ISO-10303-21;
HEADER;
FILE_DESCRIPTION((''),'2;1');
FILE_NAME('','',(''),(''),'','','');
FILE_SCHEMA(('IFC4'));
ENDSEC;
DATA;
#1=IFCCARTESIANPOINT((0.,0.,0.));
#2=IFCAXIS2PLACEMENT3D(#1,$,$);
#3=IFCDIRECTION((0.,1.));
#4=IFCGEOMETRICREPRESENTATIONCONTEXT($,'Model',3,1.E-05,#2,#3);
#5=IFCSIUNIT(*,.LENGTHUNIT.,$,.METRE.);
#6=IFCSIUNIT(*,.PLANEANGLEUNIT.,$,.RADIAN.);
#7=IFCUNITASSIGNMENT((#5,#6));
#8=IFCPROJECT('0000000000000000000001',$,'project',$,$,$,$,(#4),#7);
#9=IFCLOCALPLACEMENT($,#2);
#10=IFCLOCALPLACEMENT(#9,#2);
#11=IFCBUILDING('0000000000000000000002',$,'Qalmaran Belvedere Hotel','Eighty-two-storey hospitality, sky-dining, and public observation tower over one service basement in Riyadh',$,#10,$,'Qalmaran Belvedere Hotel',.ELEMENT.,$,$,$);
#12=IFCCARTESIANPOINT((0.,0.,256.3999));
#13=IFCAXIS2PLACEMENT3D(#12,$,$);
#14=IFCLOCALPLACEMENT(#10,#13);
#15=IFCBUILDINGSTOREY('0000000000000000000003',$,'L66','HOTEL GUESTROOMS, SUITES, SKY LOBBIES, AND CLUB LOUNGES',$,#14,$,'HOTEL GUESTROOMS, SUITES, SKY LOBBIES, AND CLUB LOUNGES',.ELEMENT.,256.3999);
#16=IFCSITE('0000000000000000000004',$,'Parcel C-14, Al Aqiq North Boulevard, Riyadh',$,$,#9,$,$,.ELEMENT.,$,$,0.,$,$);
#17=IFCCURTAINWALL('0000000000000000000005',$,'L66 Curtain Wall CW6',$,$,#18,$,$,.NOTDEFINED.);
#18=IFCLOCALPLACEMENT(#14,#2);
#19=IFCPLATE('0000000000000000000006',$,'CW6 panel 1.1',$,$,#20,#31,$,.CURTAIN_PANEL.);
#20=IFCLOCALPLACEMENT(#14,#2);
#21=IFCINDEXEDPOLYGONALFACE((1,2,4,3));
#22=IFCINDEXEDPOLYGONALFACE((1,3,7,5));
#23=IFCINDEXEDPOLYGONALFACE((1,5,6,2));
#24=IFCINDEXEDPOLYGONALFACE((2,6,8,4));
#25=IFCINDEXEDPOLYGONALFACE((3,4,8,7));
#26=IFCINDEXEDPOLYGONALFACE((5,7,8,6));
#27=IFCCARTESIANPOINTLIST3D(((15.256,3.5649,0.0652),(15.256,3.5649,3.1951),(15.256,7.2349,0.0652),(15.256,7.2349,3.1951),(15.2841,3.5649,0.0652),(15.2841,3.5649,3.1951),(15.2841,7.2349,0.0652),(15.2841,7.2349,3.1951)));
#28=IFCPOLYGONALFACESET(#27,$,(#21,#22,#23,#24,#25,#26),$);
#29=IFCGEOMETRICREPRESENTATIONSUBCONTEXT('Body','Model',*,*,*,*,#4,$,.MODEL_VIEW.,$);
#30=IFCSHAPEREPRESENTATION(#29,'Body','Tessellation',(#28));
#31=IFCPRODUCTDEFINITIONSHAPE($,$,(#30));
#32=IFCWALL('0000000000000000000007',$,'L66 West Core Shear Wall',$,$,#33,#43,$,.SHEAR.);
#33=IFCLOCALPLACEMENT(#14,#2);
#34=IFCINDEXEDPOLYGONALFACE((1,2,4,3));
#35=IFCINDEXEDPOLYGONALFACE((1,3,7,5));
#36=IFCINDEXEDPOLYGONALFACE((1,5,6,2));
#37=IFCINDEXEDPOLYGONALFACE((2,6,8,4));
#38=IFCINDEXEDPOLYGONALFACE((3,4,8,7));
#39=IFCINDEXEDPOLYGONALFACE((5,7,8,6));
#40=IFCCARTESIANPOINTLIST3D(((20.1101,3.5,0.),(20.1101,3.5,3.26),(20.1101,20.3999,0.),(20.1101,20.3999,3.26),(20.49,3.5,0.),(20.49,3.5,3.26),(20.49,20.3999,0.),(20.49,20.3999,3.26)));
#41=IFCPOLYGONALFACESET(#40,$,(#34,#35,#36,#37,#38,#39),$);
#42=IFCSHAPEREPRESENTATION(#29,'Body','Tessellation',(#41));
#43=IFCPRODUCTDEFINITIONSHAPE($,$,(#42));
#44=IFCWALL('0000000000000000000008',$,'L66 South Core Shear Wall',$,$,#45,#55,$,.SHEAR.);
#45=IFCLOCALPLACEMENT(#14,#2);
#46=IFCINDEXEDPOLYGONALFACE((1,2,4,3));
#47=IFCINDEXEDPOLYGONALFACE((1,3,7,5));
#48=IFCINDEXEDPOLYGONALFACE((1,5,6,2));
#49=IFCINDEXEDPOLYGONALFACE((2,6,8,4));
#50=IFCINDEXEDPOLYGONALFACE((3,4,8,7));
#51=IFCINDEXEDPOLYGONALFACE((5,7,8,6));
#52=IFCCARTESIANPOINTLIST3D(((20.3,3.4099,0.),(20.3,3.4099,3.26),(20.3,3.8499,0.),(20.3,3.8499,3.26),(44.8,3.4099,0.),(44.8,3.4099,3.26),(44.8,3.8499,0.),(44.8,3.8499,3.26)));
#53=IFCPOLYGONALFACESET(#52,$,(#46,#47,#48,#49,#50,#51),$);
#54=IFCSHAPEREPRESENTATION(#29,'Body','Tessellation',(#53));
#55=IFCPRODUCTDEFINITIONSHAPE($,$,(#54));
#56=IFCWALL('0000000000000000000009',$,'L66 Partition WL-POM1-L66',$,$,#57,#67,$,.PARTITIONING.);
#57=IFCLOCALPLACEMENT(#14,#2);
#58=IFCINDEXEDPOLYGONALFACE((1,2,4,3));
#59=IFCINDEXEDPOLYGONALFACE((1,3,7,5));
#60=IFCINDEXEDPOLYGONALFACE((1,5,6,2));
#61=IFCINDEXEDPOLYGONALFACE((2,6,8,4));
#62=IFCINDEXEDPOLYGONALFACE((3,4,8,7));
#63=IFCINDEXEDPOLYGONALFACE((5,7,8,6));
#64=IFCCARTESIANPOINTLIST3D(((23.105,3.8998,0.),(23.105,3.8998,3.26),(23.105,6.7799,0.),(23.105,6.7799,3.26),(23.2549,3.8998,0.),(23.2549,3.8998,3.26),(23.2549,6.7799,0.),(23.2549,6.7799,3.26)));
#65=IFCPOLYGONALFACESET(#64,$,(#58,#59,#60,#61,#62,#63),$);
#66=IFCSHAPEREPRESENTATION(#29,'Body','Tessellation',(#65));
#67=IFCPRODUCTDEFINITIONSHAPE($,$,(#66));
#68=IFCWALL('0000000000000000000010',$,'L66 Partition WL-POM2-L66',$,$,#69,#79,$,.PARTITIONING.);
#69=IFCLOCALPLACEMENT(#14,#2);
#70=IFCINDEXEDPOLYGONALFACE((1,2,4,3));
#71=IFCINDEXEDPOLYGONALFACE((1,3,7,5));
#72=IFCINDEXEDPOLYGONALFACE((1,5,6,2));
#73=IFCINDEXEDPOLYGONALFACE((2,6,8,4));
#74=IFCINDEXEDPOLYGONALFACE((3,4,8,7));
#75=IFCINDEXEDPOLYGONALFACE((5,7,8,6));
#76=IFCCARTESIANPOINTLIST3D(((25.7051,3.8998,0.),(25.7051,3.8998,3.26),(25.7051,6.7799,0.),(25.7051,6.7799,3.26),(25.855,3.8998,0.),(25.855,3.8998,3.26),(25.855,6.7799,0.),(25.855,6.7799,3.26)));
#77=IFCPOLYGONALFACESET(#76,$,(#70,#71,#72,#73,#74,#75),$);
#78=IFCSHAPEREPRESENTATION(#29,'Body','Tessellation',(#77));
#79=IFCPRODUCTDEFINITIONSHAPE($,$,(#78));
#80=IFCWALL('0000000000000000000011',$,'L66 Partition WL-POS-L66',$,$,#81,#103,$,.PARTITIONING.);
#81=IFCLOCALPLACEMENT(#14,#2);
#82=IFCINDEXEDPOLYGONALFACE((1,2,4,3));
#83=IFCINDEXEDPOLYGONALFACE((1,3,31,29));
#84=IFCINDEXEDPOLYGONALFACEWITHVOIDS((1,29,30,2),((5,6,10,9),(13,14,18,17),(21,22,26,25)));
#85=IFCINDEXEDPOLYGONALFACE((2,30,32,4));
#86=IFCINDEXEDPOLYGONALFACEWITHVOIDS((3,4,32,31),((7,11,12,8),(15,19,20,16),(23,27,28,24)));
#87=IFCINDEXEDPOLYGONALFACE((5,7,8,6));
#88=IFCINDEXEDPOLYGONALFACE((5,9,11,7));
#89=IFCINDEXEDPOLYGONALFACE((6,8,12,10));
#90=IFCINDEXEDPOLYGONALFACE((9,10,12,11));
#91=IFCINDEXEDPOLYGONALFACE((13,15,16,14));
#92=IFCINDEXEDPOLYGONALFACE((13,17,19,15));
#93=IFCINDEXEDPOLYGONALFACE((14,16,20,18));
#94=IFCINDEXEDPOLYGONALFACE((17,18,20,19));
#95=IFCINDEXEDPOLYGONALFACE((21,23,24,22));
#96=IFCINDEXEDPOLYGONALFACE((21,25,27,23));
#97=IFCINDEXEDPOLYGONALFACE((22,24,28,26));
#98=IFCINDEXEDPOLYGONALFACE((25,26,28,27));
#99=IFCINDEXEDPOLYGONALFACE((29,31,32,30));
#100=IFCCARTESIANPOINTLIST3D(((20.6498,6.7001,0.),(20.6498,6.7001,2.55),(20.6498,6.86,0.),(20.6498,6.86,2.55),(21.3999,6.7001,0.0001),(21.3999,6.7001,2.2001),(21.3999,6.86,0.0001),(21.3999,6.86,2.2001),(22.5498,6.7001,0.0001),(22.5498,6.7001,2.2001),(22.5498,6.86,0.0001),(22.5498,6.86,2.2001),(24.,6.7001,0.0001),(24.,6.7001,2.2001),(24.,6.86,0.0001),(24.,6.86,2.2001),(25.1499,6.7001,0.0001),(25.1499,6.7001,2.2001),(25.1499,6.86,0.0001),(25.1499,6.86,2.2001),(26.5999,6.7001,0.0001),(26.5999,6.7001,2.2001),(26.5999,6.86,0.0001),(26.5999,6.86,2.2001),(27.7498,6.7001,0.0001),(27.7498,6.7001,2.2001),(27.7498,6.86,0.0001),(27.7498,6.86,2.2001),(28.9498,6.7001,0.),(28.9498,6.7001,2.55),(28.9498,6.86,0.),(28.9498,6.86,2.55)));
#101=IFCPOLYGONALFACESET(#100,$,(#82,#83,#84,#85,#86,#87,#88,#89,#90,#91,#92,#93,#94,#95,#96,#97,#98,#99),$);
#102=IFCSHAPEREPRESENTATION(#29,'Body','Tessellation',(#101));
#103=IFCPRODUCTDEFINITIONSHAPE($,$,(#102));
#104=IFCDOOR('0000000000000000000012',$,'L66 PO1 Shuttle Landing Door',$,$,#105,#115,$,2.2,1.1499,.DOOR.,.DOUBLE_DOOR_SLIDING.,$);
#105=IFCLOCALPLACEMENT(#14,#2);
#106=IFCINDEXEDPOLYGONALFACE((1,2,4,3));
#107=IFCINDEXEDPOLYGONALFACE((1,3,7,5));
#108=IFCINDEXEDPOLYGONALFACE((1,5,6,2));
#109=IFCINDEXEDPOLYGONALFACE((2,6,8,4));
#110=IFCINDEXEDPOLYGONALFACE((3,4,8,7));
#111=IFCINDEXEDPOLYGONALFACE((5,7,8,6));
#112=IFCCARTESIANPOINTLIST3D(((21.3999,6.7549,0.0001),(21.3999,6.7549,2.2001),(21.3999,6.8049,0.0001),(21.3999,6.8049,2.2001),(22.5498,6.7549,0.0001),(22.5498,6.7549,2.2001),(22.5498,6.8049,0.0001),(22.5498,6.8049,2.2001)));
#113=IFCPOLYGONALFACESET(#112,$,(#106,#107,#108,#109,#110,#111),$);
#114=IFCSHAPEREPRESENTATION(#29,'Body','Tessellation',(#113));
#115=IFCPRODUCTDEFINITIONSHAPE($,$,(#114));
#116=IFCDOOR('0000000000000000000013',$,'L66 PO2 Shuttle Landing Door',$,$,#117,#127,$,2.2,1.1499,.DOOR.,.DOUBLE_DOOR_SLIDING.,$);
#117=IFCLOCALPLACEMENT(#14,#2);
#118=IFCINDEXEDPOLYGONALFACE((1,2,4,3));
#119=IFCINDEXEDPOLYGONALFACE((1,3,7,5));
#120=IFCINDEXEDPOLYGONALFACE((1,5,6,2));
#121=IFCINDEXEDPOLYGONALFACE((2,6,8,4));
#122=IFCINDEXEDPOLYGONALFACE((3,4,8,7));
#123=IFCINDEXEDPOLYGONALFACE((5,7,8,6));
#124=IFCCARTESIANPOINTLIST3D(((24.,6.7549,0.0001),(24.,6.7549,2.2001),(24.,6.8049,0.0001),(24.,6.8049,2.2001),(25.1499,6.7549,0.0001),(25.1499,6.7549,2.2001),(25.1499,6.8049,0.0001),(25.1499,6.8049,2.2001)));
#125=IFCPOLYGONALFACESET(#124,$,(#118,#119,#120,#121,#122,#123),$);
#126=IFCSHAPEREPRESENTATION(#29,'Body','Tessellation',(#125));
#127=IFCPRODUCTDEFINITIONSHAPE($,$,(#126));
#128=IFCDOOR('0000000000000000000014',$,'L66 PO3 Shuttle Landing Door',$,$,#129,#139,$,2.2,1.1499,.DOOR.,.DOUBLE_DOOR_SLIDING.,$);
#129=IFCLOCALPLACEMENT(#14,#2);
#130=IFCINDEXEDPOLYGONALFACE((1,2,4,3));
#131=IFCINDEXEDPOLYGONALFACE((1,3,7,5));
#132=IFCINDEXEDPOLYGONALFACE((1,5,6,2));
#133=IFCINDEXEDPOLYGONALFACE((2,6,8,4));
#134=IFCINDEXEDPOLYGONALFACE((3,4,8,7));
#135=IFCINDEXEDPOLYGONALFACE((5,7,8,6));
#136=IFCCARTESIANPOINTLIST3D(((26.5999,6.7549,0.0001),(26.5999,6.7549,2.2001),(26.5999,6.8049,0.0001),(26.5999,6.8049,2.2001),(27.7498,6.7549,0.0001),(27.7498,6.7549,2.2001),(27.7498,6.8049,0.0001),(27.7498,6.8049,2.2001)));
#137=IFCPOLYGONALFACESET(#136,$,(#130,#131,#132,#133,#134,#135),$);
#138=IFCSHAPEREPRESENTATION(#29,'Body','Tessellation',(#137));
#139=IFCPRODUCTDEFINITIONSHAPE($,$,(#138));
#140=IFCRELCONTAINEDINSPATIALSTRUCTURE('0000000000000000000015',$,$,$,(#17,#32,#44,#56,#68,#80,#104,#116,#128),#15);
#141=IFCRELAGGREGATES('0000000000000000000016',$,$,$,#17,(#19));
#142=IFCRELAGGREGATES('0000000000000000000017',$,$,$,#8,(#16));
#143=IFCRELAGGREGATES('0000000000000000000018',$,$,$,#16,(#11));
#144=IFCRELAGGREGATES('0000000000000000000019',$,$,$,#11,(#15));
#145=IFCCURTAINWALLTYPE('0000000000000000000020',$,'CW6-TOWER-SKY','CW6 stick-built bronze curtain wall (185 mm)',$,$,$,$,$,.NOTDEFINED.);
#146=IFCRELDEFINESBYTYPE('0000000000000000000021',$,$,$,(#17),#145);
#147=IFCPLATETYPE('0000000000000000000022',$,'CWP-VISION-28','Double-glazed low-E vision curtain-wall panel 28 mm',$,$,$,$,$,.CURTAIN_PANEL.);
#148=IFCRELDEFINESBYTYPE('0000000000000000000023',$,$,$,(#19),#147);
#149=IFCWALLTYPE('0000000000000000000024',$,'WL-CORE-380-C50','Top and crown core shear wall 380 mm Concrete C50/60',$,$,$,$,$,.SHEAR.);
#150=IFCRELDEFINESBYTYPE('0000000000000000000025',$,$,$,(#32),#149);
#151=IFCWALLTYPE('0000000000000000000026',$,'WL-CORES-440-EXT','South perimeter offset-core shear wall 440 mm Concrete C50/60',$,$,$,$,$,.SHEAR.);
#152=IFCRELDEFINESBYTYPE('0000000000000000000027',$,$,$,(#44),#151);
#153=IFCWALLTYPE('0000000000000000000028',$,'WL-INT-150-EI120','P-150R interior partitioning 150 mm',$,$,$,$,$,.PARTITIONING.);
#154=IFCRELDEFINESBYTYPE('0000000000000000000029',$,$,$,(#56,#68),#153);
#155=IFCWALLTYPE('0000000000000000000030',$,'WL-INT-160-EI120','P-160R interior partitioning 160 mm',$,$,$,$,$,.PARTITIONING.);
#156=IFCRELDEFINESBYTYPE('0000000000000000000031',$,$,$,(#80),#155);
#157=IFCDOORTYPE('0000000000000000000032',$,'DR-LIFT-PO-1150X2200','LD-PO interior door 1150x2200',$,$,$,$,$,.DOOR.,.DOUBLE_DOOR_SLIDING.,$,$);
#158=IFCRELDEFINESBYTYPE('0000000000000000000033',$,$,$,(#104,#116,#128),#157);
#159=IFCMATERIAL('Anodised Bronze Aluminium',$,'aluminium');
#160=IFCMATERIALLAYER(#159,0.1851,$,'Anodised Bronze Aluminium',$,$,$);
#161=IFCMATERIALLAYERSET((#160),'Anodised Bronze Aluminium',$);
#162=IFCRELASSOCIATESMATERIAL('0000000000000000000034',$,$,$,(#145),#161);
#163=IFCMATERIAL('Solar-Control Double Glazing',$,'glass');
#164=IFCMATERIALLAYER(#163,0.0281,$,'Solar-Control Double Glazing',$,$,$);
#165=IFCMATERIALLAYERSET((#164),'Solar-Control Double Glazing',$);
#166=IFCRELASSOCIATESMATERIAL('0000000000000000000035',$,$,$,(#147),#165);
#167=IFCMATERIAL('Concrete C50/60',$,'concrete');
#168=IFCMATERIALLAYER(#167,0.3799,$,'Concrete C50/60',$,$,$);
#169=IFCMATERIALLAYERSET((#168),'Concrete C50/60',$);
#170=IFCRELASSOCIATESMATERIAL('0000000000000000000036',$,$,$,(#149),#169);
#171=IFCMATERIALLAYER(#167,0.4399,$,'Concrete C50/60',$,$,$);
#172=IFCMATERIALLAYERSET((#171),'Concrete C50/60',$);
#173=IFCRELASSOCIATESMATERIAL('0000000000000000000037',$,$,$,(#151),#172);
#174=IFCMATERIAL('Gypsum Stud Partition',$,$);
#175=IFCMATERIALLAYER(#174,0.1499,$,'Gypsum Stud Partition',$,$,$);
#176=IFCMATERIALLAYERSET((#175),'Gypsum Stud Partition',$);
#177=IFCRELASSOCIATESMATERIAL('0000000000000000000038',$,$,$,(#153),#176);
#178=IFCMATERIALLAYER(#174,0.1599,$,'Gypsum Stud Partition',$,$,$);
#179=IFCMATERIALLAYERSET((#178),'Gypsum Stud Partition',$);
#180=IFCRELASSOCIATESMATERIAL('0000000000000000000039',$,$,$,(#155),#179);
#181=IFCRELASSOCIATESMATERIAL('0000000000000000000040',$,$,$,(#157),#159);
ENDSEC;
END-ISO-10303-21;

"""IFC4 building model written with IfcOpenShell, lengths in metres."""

from ifc_helpers import new_model, si_unit, direction, frame, frame_2d, origin, origin_2d, place, context, subcontext, project, spatial, rectangle, extrude, material, layer, layer_set, type_object, element, fill, aggregate, save


model = new_model("IFC4")

# Units and contexts
model_context = context("Model", 3, precision=1e-05, world=origin(), true_north=direction((0.0, 1.0)))
body_context = subcontext(model_context, "Body", "Model", "MODEL_VIEW")
ifc_project = project(units=[si_unit("LENGTHUNIT", "METRE"), si_unit("PLANEANGLEUNIT", "RADIAN")], contexts=[model_context])

# Site, building, storey
site_placement = place(None, origin())
site = spatial("IfcSite", under=ifc_project, at=site_placement, Name="Parcel C-14, Al Aqiq North Boulevard, Riyadh", CompositionType="ELEMENT", RefElevation=0.0)
building_placement = place(site_placement, origin())
building = spatial("IfcBuilding", under=site, at=building_placement, Name="Qalmaran Belvedere Hotel", Description="Eighty-two-storey hospitality, sky-dining, and public observation tower over one service basement in Riyadh", LongName="Qalmaran Belvedere Hotel", CompositionType="ELEMENT")
storey_placement = place(building_placement, frame((0.0, 0.0, 256.3999)))
storey = spatial("IfcBuildingStorey", under=building, at=storey_placement, Name="L66", Description="HOTEL GUESTROOMS, SUITES, SKY LOBBIES, AND CLUB LOUNGES", LongName="HOTEL GUESTROOMS, SUITES, SKY LOBBIES, AND CLUB LOUNGES", CompositionType="ELEMENT", Elevation=256.3999)

# Shared definitions
ifc_material_1 = material(Name="Concrete C50/60", Category="concrete")

# Shared definitions
ifc_material_2 = material(Name="Anodised Bronze Aluminium", Category="aluminium")
ifc_layer_1 = layer(ifc_material_2, 0.1851, Name="Anodised Bronze Aluminium")
ifc_layer_set_1 = layer_set([ifc_layer_1], Name="Anodised Bronze Aluminium")
curtain_wall_type = type_object("IfcCurtainWallType", Name="CW6-TOWER-SKY", Description="CW6 stick-built bronze curtain wall (185 mm)", PredefinedType="NOTDEFINED", material=ifc_layer_set_1)

# Curtain wall
curtain_wall_1_placement = place(storey_placement, origin())
curtain_wall_1 = element("IfcCurtainWall", 1, at=curtain_wall_1_placement, inside=storey, type_object=curtain_wall_type, Name="L66 Curtain Wall CW6", PredefinedType="NOTDEFINED")

# Plate
ifc_material_3 = material(Name="Solar-Control Double Glazing", Category="glass")
ifc_layer_2 = layer(ifc_material_3, 0.0281, Name="Solar-Control Double Glazing")
ifc_layer_set_2 = layer_set([ifc_layer_2], Name="Solar-Control Double Glazing")
plate_type = type_object("IfcPlateType", Name="CWP-VISION-28", Description="Double-glazed low-E vision curtain-wall panel 28 mm", PredefinedType="CURTAIN_PANEL", material=ifc_layer_set_2)
plate_1_placement = place(storey_placement, frame((15.27, 5.3999, 0.0652), z_axis=(0.0, 0.0, 1.0), x_axis=(0.0, -1.0, 0.0)))
plate_1 = element("IfcPlate", 2, at=plate_1_placement, type_object=plate_type, Name="CW6 panel 1.1", PredefinedType="CURTAIN_PANEL", context=body_context, shape_type="SweptSolid", body=[
    extrude(rectangle(XDim=3.6699, YDim=0.0281, at=origin_2d()), origin(), (0.0, 0.0, 1.0), 3.1299),
])
aggregate(curtain_wall_1, [plate_1])

# Walls
ifc_layer_3 = layer(ifc_material_1, 0.3799, Name="Concrete C50/60")
ifc_layer_set_3 = layer_set([ifc_layer_3], Name="Concrete C50/60")
wall_type_1 = type_object("IfcWallType", Name="WL-CORE-380-C50", Description="Top and crown core shear wall 380 mm Concrete C50/60", PredefinedType="SHEAR", material=ifc_layer_set_3)
wall_1_placement = place(storey_placement, frame((20.3, 3.5, 0.0), z_axis=(0.0, 0.0, 1.0), x_axis=(0.0, 1.0, 0.0)))
element("IfcWall", 3, at=wall_1_placement, inside=storey, type_object=wall_type_1, Name="L66 West Core Shear Wall", PredefinedType="SHEAR", context=body_context, shape_type="SweptSolid", body=[
    extrude(rectangle(XDim=16.8999, YDim=0.3799, at=frame_2d((8.45, 0.0))), origin(), (0.0, 0.0, 1.0), 3.26),
])
ifc_layer_4 = layer(ifc_material_1, 0.4399, Name="Concrete C50/60")
ifc_layer_set_4 = layer_set([ifc_layer_4], Name="Concrete C50/60")
wall_type_2 = type_object("IfcWallType", Name="WL-CORES-440-EXT", Description="South perimeter offset-core shear wall 440 mm Concrete C50/60", PredefinedType="SHEAR", material=ifc_layer_set_4)
wall_2_placement = place(storey_placement, frame((20.3, 3.6299, 0.0), z_axis=(0.0, 0.0, 1.0), x_axis=(1.0, 0.0, 0.0)))
element("IfcWall", 4, at=wall_2_placement, inside=storey, type_object=wall_type_2, Name="L66 South Core Shear Wall", PredefinedType="SHEAR", context=body_context, shape_type="SweptSolid", body=[
    extrude(rectangle(XDim=24.5, YDim=0.4399, at=frame_2d((12.25, 0.0))), origin(), (0.0, 0.0, 1.0), 3.26),
])
ifc_material_4 = material(Name="Gypsum Stud Partition")
ifc_layer_5 = layer(ifc_material_4, 0.1499, Name="Gypsum Stud Partition")
ifc_layer_set_5 = layer_set([ifc_layer_5], Name="Gypsum Stud Partition")
wall_type_3 = type_object("IfcWallType", Name="WL-INT-150-EI120", Description="P-150R interior partitioning 150 mm", PredefinedType="PARTITIONING", material=ifc_layer_set_5)
for number, where, z_axis, x_axis, name in (
    (5, (23.1799, 3.8999, 0.0), (0.0, 0.0, 1.0), (0.0, 1.0, 0.0), "L66 Partition WL-POM1-L66"),
    (6, (25.78, 3.8999, 0.0), (0.0, 0.0, 1.0), (0.0, 1.0, 0.0), "L66 Partition WL-POM2-L66"),
):
    element("IfcWall", number, at=place(storey_placement, frame(where, z_axis=z_axis, x_axis=x_axis)), inside=storey, type_object=wall_type_3, Name=name, PredefinedType="PARTITIONING", context=body_context, shape_type="SweptSolid", body=[
        extrude(rectangle(XDim=2.8801, YDim=0.1499, at=frame_2d((1.4399, 0.0))), origin(), (0.0, 0.0, 1.0), 3.26),
    ])

# Wall, openings, doors
ifc_layer_6 = layer(ifc_material_4, 0.1599, Name="Gypsum Stud Partition")
ifc_layer_set_6 = layer_set([ifc_layer_6], Name="Gypsum Stud Partition")
wall_type_4 = type_object("IfcWallType", Name="WL-INT-160-EI120", Description="P-160R interior partitioning 160 mm", PredefinedType="PARTITIONING", material=ifc_layer_set_6)
wall_3_placement = place(storey_placement, frame((20.6499, 6.78, 0.0), z_axis=(0.0, 0.0, 1.0), x_axis=(1.0, 0.0, 0.0)))
wall_3 = element("IfcWall", 7, at=wall_3_placement, inside=storey, type_object=wall_type_4, Name="L66 Partition WL-POS-L66", PredefinedType="PARTITIONING", context=body_context, shape_type="SweptSolid", body=[
    extrude(rectangle(XDim=8.3, YDim=0.1599, at=frame_2d((4.1499, 0.0))), origin(), (0.0, 0.0, 1.0), 2.55),
])
opening_1_placement = place(wall_3_placement, frame((0.75, 0.0, 0.0)))
opening_1 = element("IfcOpeningElement", 8, at=opening_1_placement, cuts=wall_3, PredefinedType="OPENING", context=body_context, shape_type="SweptSolid", body=[
    extrude(rectangle(XDim=1.1499, YDim=2.2, at=frame_2d((0.575, 1.1001))), frame((0.0, 0.0898, 0.0), z_axis=(0.0, -1.0, 0.0), x_axis=(1.0, 0.0, 0.0)), (0.0, 0.0, 1.0), 0.1799),
])
opening_2_placement = place(wall_3_placement, frame((3.3501, 0.0, 0.0)))
opening_2 = element("IfcOpeningElement", 9, at=opening_2_placement, cuts=wall_3, PredefinedType="OPENING", context=body_context, shape_type="SweptSolid", body=[
    extrude(rectangle(XDim=1.1499, YDim=2.2, at=frame_2d((0.575, 1.1001))), frame((0.0, 0.0898, 0.0), z_axis=(0.0, -1.0, 0.0), x_axis=(1.0, 0.0, 0.0)), (0.0, 0.0, 1.0), 0.1799),
])
opening_3_placement = place(wall_3_placement, frame((5.95, 0.0, 0.0)))
opening_3 = element("IfcOpeningElement", 10, at=opening_3_placement, cuts=wall_3, PredefinedType="OPENING", context=body_context, shape_type="SweptSolid", body=[
    extrude(rectangle(XDim=1.1499, YDim=2.2, at=frame_2d((0.575, 1.1001))), frame((0.0, 0.0898, 0.0), z_axis=(0.0, -1.0, 0.0), x_axis=(1.0, 0.0, 0.0)), (0.0, 0.0, 1.0), 0.1799),
])
door_type_1 = type_object("IfcDoorType", Name="DR-LIFT-PO-1150X2200", Description="LD-PO interior door 1150x2200", OperationType="DOUBLE_DOOR_SLIDING", PredefinedType="DOOR", material=ifc_material_2)
door_1_placement = place(opening_1_placement, origin())
door_1 = element("IfcDoor", 11, at=door_1_placement, inside=storey, type_object=door_type_1, Name="L66 PO1 Shuttle Landing Door", OperationType="DOUBLE_DOOR_SLIDING", OverallHeight=2.2, OverallWidth=1.1499, PredefinedType="DOOR", context=body_context, shape_type="SweptSolid", body=[
    extrude(rectangle(XDim=1.1499, YDim=2.2, at=frame_2d((0.575, 1.1001))), frame((0.0, 0.0249, 0.0), z_axis=(0.0, -1.0, 0.0), x_axis=(1.0, 0.0, 0.0)), (0.0, 0.0, 1.0), 0.05),
])
fill(opening_1, door_1)
door_2_placement = place(opening_2_placement, origin())
door_2 = element("IfcDoor", 12, at=door_2_placement, inside=storey, type_object=door_type_1, Name="L66 PO2 Shuttle Landing Door", OperationType="DOUBLE_DOOR_SLIDING", OverallHeight=2.2, OverallWidth=1.1499, PredefinedType="DOOR", context=body_context, shape_type="SweptSolid", body=[
    extrude(rectangle(XDim=1.1499, YDim=2.2, at=frame_2d((0.575, 1.1001))), frame((0.0, 0.0249, 0.0), z_axis=(0.0, -1.0, 0.0), x_axis=(1.0, 0.0, 0.0)), (0.0, 0.0, 1.0), 0.05),
])
fill(opening_2, door_2)
door_3_placement = place(opening_3_placement, origin())
door_3 = element("IfcDoor", 13, at=door_3_placement, inside=storey, type_object=door_type_1, Name="L66 PO3 Shuttle Landing Door", OperationType="DOUBLE_DOOR_SLIDING", OverallHeight=2.2, OverallWidth=1.1499, PredefinedType="DOOR", context=body_context, shape_type="SweptSolid", body=[
    extrude(rectangle(XDim=1.1499, YDim=2.2, at=frame_2d((0.575, 1.1001))), frame((0.0, 0.0249, 0.0), z_axis=(0.0, -1.0, 0.0), x_axis=(1.0, 0.0, 0.0)), (0.0, 0.0, 1.0), 0.05),
])
fill(opening_3, door_3)

save(model, "model.ifc")
